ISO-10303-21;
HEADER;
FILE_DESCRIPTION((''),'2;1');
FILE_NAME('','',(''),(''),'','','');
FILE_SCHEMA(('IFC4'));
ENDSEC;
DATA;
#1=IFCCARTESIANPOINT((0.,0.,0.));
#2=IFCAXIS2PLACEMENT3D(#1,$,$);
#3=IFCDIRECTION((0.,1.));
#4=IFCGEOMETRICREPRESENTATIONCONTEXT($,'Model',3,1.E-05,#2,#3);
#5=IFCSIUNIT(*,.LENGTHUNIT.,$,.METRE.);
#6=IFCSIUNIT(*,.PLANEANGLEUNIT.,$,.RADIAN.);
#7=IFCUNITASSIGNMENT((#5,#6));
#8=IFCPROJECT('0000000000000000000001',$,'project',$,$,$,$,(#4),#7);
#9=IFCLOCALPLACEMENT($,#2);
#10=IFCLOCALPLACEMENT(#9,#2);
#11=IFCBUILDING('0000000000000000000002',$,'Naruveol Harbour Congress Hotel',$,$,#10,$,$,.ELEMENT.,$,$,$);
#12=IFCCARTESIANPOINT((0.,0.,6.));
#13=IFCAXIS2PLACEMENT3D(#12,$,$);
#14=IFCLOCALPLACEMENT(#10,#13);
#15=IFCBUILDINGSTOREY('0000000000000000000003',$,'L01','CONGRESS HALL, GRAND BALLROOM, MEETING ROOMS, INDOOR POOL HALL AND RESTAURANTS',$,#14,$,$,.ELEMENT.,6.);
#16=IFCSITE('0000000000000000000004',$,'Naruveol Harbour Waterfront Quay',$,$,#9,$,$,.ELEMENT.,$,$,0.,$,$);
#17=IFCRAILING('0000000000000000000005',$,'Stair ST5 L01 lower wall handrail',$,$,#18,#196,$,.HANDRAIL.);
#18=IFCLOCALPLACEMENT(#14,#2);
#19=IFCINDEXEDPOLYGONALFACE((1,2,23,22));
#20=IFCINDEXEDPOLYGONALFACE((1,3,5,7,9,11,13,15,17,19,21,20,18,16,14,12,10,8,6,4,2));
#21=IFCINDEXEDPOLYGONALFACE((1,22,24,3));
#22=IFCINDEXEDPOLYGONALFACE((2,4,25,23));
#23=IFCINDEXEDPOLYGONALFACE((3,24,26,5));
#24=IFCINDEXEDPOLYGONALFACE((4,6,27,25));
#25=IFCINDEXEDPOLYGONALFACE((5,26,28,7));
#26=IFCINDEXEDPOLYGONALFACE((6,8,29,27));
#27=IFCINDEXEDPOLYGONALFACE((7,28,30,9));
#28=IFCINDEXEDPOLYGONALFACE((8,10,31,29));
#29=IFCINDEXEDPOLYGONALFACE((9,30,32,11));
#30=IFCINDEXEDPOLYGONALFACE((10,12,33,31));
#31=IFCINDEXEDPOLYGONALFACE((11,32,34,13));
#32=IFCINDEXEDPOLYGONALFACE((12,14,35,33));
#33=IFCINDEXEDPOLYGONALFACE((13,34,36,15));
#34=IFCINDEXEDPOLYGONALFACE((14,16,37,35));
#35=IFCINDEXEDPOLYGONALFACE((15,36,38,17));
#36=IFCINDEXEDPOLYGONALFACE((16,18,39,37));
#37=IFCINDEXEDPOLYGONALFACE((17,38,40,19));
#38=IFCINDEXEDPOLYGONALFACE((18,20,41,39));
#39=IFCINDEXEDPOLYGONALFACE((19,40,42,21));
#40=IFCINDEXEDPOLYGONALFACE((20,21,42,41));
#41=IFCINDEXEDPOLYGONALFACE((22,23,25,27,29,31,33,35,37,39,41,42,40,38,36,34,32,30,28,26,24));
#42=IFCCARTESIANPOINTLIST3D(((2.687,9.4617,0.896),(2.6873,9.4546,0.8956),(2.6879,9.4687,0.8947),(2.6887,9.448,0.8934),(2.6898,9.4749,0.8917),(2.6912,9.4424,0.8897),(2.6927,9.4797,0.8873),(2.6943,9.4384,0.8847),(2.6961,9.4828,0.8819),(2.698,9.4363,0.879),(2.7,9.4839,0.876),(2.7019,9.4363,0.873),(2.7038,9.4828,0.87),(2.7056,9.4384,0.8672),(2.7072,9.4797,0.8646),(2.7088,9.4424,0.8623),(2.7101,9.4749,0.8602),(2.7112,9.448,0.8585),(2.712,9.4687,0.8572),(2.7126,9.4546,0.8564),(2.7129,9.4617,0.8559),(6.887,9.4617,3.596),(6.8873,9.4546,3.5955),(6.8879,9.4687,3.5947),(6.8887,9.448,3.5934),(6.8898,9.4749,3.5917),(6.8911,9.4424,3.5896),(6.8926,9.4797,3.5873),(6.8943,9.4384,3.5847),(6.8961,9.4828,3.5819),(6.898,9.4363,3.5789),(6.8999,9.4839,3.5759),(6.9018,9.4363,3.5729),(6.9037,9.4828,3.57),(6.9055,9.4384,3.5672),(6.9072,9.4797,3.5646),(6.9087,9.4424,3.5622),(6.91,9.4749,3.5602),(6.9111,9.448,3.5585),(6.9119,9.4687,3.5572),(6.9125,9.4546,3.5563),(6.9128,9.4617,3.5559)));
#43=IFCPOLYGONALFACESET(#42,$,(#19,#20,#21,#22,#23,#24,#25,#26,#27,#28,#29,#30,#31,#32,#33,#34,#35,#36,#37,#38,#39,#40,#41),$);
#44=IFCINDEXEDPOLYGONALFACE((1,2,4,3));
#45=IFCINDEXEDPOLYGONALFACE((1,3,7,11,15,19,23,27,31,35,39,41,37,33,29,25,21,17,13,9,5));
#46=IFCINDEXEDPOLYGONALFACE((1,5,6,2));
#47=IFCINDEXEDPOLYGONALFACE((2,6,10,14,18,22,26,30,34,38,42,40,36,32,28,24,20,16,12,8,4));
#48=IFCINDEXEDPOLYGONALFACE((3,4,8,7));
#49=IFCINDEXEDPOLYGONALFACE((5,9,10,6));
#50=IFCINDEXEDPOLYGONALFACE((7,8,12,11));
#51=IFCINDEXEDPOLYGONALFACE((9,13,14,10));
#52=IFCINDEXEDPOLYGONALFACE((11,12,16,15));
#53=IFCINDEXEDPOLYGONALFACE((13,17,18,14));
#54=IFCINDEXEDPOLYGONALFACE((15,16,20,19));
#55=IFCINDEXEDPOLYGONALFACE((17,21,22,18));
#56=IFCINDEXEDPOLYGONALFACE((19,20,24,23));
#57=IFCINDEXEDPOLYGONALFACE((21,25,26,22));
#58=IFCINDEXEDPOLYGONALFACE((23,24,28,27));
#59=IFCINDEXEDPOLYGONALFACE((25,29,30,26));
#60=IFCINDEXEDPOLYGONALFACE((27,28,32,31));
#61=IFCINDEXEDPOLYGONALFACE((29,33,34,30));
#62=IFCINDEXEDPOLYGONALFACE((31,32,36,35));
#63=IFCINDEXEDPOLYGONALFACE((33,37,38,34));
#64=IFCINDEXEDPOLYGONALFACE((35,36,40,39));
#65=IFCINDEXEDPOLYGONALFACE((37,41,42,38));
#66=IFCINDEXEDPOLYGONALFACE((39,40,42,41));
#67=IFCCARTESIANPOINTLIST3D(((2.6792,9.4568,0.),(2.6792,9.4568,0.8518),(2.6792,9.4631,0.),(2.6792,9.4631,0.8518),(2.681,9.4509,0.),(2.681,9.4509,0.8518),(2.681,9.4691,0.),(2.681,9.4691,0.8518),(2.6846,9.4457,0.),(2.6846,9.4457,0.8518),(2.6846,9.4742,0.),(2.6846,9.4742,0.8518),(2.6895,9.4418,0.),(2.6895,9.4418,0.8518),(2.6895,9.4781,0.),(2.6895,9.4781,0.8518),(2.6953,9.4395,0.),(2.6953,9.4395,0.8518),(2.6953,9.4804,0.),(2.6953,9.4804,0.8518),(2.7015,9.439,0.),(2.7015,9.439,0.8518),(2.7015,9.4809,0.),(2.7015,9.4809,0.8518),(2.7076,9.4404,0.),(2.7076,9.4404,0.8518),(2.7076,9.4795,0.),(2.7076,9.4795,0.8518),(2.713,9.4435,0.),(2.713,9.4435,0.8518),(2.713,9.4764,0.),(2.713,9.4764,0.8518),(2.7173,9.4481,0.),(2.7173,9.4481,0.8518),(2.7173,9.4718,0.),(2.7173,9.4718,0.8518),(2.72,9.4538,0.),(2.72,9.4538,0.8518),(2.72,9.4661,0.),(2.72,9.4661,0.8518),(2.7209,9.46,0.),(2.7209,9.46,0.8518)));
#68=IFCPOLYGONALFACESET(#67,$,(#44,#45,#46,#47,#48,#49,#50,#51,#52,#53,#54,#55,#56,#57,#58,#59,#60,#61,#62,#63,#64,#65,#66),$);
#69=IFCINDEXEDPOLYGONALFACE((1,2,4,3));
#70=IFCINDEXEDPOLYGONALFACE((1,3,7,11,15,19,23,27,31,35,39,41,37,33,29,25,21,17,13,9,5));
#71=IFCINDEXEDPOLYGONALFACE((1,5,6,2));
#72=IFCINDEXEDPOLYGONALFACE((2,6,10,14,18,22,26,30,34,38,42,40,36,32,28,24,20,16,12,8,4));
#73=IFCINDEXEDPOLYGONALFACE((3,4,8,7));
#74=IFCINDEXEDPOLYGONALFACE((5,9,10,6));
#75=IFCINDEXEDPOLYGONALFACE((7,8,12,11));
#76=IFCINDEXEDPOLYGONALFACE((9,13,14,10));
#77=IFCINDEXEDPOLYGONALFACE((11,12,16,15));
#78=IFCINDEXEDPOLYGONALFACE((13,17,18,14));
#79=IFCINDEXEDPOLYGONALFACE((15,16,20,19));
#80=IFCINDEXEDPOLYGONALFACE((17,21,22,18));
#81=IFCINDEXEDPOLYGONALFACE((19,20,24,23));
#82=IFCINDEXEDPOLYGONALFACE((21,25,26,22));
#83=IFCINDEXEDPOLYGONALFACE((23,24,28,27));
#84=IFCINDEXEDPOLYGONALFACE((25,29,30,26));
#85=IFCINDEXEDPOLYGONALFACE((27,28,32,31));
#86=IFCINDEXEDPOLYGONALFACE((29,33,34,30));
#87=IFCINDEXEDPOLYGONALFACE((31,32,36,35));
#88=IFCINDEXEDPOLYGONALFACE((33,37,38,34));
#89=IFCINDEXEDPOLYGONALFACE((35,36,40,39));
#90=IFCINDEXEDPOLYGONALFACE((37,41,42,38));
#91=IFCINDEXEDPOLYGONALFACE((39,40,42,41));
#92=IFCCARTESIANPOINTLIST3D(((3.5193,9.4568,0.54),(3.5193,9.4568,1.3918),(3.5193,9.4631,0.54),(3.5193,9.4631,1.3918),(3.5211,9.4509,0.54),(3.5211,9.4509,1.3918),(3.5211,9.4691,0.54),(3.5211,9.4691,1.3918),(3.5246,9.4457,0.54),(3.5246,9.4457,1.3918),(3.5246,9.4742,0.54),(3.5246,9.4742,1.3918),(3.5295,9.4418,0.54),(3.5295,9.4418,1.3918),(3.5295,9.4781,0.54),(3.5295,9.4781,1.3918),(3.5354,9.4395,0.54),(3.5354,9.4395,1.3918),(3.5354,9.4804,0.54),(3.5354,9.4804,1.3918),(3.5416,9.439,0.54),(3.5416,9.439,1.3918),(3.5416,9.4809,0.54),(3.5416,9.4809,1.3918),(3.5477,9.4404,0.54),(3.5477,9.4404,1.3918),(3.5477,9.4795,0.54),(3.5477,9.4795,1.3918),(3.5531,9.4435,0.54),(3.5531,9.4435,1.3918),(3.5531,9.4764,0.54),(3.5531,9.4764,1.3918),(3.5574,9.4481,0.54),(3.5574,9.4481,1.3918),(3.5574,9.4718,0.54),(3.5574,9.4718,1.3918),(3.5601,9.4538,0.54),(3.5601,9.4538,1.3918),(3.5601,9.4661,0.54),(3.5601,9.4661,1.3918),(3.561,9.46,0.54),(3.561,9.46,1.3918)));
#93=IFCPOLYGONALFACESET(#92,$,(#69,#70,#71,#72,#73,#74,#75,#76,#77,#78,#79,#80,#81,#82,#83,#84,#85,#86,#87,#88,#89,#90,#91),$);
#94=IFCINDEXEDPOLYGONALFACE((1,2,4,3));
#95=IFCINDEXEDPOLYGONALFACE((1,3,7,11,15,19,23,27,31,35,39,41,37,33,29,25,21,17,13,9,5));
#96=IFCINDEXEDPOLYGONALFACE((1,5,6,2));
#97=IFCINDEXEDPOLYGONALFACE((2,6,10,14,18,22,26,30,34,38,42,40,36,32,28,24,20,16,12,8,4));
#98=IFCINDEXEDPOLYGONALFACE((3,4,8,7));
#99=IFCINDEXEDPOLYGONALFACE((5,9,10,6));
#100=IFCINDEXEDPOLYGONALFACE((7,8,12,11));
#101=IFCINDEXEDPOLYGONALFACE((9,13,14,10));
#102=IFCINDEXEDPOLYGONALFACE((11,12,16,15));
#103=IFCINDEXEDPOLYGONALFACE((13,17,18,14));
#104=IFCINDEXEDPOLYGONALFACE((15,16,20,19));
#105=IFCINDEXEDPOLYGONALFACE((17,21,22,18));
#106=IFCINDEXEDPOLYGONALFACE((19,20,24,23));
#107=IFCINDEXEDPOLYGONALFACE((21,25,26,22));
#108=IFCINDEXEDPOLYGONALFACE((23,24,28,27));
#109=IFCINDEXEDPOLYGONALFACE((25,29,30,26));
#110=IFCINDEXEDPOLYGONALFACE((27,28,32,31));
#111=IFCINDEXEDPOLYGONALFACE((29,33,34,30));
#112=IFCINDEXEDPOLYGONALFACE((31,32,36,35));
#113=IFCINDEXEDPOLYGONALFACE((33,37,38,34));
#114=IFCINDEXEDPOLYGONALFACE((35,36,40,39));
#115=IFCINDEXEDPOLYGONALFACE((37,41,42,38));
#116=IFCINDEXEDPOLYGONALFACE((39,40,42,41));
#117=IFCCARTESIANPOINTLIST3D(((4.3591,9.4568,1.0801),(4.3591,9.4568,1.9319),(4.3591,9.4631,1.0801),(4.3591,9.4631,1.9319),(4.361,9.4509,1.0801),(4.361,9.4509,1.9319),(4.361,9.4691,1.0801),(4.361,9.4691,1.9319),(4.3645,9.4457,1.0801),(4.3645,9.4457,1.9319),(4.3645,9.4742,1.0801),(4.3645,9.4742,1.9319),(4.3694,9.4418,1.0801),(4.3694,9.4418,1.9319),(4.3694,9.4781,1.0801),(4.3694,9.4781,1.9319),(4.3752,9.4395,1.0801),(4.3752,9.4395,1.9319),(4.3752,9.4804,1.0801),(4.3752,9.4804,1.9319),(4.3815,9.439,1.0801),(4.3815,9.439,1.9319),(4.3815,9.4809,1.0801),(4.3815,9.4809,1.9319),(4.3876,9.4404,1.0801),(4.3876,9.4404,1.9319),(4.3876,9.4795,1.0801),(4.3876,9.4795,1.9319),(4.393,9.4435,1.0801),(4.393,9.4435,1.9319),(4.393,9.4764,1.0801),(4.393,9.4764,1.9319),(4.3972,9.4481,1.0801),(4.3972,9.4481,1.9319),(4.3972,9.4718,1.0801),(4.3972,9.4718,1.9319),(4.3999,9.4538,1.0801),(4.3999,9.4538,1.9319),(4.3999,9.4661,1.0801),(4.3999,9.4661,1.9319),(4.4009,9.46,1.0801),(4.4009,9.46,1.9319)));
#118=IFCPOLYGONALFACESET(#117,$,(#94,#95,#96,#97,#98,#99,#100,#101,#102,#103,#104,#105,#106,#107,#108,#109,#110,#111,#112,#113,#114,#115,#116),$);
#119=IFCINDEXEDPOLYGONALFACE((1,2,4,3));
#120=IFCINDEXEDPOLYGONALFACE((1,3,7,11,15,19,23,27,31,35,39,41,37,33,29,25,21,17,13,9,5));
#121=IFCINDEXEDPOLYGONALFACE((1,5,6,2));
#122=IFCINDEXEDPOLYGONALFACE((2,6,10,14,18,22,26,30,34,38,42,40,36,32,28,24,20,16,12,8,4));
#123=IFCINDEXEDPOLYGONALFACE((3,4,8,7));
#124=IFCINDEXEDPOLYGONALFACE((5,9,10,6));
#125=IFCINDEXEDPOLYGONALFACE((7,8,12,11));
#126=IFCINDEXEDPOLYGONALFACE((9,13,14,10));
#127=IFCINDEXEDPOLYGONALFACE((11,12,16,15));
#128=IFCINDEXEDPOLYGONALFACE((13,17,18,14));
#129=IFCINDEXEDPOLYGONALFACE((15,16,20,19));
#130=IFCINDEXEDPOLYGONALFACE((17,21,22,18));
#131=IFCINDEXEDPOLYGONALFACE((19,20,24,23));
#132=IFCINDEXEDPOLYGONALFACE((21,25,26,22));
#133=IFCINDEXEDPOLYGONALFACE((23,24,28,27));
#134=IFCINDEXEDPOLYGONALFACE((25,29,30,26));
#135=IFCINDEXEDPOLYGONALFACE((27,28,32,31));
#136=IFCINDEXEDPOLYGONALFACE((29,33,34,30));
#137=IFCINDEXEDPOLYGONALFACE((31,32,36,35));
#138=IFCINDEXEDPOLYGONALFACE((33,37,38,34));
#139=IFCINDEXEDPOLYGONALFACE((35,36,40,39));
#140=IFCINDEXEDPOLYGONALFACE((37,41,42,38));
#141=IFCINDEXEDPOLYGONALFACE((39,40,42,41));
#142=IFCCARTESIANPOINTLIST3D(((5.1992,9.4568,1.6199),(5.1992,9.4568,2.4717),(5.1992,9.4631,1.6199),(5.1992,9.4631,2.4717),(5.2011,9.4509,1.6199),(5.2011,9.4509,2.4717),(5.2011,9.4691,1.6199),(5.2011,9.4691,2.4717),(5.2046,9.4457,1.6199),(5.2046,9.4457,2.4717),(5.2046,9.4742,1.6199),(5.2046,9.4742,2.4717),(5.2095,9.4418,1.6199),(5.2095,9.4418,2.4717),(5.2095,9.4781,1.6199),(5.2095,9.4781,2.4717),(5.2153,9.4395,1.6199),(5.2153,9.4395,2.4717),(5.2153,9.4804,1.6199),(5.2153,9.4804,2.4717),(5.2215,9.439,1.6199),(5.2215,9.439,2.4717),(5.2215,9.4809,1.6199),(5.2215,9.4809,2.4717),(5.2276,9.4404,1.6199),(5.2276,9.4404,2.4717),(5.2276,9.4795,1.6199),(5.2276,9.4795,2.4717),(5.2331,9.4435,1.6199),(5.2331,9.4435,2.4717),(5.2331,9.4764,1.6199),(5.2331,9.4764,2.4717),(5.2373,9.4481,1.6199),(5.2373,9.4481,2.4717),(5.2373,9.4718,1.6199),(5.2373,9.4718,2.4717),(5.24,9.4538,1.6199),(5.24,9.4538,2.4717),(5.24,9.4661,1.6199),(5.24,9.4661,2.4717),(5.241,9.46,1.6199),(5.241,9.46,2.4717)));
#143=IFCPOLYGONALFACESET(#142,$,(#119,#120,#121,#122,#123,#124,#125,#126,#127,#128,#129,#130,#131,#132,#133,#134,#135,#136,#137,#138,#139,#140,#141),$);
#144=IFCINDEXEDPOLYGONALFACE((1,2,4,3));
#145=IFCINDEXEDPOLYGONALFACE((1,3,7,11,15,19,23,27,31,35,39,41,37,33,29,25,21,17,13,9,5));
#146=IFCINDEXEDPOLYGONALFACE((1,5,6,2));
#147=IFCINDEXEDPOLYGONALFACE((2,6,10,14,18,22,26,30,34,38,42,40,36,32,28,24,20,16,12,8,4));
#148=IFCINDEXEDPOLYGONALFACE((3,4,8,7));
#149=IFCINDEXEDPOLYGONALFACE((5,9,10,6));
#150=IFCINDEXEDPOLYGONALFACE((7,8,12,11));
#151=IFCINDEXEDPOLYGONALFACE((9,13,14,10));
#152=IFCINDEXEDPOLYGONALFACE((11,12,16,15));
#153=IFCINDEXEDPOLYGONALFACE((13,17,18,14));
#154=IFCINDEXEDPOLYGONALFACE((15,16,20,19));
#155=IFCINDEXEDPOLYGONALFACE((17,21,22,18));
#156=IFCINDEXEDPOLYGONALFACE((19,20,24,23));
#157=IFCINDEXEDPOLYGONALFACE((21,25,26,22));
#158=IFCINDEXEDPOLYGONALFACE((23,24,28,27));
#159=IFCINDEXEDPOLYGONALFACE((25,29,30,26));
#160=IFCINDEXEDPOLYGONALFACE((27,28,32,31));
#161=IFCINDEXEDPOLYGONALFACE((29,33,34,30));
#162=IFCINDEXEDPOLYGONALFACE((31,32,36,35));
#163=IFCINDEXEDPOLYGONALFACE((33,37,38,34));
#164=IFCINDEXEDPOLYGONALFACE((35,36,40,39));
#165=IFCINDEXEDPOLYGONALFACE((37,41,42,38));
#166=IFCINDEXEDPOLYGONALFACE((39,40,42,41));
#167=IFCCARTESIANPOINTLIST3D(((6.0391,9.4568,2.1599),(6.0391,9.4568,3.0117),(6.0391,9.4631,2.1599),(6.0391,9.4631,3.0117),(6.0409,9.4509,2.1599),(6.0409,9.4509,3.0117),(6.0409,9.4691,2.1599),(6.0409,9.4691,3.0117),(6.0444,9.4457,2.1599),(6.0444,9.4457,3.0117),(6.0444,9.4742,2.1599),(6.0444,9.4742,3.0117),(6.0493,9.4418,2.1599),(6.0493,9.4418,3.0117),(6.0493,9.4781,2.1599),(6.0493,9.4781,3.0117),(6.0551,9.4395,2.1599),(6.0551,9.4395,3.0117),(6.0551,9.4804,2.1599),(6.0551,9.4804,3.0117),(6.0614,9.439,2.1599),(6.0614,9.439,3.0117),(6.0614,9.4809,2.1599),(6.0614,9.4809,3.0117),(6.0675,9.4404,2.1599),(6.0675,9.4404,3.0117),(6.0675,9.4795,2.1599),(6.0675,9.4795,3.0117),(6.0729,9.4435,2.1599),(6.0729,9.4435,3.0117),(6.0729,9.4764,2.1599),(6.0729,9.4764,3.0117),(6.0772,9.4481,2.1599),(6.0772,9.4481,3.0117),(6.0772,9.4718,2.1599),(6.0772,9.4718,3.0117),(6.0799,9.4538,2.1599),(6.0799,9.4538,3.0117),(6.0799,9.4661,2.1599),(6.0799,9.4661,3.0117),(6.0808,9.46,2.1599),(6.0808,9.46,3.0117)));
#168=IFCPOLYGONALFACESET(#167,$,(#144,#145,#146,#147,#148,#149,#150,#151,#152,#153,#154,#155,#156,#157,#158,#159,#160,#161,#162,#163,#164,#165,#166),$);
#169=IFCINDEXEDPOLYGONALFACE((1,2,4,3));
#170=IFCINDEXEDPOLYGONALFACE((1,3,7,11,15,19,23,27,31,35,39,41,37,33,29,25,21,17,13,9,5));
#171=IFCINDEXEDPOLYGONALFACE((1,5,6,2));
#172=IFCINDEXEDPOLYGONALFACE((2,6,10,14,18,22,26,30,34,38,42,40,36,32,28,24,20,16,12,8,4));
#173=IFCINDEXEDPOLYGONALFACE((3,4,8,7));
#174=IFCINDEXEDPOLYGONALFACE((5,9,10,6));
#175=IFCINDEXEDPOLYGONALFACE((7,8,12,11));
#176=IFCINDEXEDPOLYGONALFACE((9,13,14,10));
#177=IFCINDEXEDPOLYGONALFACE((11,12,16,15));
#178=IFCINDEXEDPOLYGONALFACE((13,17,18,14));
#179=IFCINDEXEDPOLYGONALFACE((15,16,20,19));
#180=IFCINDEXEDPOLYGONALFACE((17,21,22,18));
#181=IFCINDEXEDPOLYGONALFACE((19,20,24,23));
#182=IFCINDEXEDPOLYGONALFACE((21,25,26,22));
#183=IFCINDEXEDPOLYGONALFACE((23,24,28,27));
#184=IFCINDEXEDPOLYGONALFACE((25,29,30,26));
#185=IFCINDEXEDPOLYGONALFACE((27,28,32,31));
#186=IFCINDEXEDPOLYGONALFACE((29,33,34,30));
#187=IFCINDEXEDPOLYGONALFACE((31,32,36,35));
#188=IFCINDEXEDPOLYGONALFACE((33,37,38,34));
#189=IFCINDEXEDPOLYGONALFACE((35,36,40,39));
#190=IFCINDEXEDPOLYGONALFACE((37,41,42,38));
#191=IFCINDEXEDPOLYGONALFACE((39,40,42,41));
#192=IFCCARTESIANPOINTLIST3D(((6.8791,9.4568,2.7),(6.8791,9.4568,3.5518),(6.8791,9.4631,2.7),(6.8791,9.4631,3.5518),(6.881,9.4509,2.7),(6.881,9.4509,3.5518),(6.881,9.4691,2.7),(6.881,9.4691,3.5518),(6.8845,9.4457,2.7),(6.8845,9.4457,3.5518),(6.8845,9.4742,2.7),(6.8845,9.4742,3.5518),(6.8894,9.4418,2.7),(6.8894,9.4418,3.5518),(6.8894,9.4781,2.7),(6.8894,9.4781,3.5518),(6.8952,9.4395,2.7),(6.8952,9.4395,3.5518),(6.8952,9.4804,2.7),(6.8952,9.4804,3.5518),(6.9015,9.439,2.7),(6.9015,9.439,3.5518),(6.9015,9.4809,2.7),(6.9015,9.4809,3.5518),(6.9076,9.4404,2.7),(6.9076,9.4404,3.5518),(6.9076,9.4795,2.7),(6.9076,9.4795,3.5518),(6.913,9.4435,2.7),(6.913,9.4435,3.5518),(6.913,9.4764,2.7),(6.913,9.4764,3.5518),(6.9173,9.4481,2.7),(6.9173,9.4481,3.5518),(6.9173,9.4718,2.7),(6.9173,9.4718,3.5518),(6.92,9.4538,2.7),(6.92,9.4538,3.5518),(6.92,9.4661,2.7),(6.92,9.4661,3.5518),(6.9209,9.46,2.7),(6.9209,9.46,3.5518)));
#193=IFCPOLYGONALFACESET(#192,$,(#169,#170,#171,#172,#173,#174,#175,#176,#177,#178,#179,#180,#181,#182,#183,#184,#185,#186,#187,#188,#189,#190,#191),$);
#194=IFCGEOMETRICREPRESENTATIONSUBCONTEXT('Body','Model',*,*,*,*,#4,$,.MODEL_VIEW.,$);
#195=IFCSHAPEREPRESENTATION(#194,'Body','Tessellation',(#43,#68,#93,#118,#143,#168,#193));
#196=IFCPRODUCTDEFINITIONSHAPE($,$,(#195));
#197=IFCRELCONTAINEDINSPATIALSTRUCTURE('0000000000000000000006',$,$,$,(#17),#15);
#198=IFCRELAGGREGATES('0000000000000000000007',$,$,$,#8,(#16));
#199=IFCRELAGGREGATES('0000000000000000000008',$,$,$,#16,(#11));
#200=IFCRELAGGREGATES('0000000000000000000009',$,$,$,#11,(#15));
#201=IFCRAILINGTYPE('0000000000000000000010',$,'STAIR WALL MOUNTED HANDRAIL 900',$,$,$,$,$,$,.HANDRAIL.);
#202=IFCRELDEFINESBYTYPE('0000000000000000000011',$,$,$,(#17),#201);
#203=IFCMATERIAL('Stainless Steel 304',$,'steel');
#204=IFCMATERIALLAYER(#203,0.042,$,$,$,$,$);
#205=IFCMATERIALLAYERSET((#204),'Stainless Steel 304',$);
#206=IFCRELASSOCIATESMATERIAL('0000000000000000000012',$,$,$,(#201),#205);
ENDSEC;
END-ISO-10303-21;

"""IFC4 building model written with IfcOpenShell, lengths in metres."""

from ifc_helpers import new_model, si_unit, direction, frame, origin, origin_2d, place, context, subcontext, project, spatial, circle, extrude, material, layer, layer_set, type_object, element, save


model = new_model("IFC4")

# Units and contexts
model_context = context("Model", 3, precision=1e-05, world=origin(), true_north=direction((0.0, 1.0)))
body_context = subcontext(model_context, "Body", "Model", "MODEL_VIEW")
ifc_project = project(units=[si_unit("LENGTHUNIT", "METRE"), si_unit("PLANEANGLEUNIT", "RADIAN")], contexts=[model_context])

# Site, building, storey
site_placement = place(None, origin())
site = spatial("IfcSite", under=ifc_project, at=site_placement, Name="Naruveol Harbour Waterfront Quay", CompositionType="ELEMENT", RefElevation=0.0)
building_placement = place(site_placement, origin())
building = spatial("IfcBuilding", under=site, at=building_placement, Name="Naruveol Harbour Congress Hotel", CompositionType="ELEMENT")
storey_placement = place(building_placement, frame((0.0, 0.0, 6.0)))
storey = spatial("IfcBuildingStorey", under=building, at=storey_placement, Name="L01", Description="CONGRESS HALL, GRAND BALLROOM, MEETING ROOMS, INDOOR POOL HALL AND RESTAURANTS", CompositionType="ELEMENT", Elevation=6.0)

# Railing
ifc_material_1 = material(Name="Stainless Steel 304", Category="steel")
ifc_layer_1 = layer(ifc_material_1, 0.042)
ifc_layer_set_1 = layer_set([ifc_layer_1], Name="Stainless Steel 304")
railing_type_1 = type_object("IfcRailingType", Name="STAIR WALL MOUNTED HANDRAIL 900", PredefinedType="HANDRAIL", material=ifc_layer_set_1)
railing_1_placement = place(storey_placement, frame((2.7, 9.46, 0.0)))
element("IfcRailing", 1, at=railing_1_placement, inside=storey, type_object=railing_type_1, Name="Stair ST5 L01 lower wall handrail", PredefinedType="HANDRAIL", context=body_context, shape_type="SweptSolid", body=[
    extrude(circle(Radius=0.0239, at=origin_2d()), frame((0.0, 0.0, 0.876), z_axis=(0.84118, 0.0, 0.540755), x_axis=(0.0, 1.0, 0.0)), (0.0, 0.0, 1.0), 4.9929),
    extrude(circle(Radius=0.021, at=origin_2d()), origin(), (0.0, 0.0, 1.0), 0.8518),
    extrude(circle(Radius=0.021, at=origin_2d()), frame((0.8401, 0.0, 0.54)), (0.0, 0.0, 1.0), 0.8518),
    extrude(circle(Radius=0.021, at=origin_2d()), frame((1.6799, 0.0, 1.0801)), (0.0, 0.0, 1.0), 0.8518),
    extrude(circle(Radius=0.021, at=origin_2d()), frame((2.52, 0.0, 1.6199)), (0.0, 0.0, 1.0), 0.8518),
    extrude(circle(Radius=0.021, at=origin_2d()), frame((3.3599, 0.0, 2.1599)), (0.0, 0.0, 1.0), 0.8518),
    extrude(circle(Radius=0.021, at=origin_2d()), frame((4.2, 0.0, 2.7)), (0.0, 0.0, 1.0), 0.8518),
])

save(model, "model.ifc")
